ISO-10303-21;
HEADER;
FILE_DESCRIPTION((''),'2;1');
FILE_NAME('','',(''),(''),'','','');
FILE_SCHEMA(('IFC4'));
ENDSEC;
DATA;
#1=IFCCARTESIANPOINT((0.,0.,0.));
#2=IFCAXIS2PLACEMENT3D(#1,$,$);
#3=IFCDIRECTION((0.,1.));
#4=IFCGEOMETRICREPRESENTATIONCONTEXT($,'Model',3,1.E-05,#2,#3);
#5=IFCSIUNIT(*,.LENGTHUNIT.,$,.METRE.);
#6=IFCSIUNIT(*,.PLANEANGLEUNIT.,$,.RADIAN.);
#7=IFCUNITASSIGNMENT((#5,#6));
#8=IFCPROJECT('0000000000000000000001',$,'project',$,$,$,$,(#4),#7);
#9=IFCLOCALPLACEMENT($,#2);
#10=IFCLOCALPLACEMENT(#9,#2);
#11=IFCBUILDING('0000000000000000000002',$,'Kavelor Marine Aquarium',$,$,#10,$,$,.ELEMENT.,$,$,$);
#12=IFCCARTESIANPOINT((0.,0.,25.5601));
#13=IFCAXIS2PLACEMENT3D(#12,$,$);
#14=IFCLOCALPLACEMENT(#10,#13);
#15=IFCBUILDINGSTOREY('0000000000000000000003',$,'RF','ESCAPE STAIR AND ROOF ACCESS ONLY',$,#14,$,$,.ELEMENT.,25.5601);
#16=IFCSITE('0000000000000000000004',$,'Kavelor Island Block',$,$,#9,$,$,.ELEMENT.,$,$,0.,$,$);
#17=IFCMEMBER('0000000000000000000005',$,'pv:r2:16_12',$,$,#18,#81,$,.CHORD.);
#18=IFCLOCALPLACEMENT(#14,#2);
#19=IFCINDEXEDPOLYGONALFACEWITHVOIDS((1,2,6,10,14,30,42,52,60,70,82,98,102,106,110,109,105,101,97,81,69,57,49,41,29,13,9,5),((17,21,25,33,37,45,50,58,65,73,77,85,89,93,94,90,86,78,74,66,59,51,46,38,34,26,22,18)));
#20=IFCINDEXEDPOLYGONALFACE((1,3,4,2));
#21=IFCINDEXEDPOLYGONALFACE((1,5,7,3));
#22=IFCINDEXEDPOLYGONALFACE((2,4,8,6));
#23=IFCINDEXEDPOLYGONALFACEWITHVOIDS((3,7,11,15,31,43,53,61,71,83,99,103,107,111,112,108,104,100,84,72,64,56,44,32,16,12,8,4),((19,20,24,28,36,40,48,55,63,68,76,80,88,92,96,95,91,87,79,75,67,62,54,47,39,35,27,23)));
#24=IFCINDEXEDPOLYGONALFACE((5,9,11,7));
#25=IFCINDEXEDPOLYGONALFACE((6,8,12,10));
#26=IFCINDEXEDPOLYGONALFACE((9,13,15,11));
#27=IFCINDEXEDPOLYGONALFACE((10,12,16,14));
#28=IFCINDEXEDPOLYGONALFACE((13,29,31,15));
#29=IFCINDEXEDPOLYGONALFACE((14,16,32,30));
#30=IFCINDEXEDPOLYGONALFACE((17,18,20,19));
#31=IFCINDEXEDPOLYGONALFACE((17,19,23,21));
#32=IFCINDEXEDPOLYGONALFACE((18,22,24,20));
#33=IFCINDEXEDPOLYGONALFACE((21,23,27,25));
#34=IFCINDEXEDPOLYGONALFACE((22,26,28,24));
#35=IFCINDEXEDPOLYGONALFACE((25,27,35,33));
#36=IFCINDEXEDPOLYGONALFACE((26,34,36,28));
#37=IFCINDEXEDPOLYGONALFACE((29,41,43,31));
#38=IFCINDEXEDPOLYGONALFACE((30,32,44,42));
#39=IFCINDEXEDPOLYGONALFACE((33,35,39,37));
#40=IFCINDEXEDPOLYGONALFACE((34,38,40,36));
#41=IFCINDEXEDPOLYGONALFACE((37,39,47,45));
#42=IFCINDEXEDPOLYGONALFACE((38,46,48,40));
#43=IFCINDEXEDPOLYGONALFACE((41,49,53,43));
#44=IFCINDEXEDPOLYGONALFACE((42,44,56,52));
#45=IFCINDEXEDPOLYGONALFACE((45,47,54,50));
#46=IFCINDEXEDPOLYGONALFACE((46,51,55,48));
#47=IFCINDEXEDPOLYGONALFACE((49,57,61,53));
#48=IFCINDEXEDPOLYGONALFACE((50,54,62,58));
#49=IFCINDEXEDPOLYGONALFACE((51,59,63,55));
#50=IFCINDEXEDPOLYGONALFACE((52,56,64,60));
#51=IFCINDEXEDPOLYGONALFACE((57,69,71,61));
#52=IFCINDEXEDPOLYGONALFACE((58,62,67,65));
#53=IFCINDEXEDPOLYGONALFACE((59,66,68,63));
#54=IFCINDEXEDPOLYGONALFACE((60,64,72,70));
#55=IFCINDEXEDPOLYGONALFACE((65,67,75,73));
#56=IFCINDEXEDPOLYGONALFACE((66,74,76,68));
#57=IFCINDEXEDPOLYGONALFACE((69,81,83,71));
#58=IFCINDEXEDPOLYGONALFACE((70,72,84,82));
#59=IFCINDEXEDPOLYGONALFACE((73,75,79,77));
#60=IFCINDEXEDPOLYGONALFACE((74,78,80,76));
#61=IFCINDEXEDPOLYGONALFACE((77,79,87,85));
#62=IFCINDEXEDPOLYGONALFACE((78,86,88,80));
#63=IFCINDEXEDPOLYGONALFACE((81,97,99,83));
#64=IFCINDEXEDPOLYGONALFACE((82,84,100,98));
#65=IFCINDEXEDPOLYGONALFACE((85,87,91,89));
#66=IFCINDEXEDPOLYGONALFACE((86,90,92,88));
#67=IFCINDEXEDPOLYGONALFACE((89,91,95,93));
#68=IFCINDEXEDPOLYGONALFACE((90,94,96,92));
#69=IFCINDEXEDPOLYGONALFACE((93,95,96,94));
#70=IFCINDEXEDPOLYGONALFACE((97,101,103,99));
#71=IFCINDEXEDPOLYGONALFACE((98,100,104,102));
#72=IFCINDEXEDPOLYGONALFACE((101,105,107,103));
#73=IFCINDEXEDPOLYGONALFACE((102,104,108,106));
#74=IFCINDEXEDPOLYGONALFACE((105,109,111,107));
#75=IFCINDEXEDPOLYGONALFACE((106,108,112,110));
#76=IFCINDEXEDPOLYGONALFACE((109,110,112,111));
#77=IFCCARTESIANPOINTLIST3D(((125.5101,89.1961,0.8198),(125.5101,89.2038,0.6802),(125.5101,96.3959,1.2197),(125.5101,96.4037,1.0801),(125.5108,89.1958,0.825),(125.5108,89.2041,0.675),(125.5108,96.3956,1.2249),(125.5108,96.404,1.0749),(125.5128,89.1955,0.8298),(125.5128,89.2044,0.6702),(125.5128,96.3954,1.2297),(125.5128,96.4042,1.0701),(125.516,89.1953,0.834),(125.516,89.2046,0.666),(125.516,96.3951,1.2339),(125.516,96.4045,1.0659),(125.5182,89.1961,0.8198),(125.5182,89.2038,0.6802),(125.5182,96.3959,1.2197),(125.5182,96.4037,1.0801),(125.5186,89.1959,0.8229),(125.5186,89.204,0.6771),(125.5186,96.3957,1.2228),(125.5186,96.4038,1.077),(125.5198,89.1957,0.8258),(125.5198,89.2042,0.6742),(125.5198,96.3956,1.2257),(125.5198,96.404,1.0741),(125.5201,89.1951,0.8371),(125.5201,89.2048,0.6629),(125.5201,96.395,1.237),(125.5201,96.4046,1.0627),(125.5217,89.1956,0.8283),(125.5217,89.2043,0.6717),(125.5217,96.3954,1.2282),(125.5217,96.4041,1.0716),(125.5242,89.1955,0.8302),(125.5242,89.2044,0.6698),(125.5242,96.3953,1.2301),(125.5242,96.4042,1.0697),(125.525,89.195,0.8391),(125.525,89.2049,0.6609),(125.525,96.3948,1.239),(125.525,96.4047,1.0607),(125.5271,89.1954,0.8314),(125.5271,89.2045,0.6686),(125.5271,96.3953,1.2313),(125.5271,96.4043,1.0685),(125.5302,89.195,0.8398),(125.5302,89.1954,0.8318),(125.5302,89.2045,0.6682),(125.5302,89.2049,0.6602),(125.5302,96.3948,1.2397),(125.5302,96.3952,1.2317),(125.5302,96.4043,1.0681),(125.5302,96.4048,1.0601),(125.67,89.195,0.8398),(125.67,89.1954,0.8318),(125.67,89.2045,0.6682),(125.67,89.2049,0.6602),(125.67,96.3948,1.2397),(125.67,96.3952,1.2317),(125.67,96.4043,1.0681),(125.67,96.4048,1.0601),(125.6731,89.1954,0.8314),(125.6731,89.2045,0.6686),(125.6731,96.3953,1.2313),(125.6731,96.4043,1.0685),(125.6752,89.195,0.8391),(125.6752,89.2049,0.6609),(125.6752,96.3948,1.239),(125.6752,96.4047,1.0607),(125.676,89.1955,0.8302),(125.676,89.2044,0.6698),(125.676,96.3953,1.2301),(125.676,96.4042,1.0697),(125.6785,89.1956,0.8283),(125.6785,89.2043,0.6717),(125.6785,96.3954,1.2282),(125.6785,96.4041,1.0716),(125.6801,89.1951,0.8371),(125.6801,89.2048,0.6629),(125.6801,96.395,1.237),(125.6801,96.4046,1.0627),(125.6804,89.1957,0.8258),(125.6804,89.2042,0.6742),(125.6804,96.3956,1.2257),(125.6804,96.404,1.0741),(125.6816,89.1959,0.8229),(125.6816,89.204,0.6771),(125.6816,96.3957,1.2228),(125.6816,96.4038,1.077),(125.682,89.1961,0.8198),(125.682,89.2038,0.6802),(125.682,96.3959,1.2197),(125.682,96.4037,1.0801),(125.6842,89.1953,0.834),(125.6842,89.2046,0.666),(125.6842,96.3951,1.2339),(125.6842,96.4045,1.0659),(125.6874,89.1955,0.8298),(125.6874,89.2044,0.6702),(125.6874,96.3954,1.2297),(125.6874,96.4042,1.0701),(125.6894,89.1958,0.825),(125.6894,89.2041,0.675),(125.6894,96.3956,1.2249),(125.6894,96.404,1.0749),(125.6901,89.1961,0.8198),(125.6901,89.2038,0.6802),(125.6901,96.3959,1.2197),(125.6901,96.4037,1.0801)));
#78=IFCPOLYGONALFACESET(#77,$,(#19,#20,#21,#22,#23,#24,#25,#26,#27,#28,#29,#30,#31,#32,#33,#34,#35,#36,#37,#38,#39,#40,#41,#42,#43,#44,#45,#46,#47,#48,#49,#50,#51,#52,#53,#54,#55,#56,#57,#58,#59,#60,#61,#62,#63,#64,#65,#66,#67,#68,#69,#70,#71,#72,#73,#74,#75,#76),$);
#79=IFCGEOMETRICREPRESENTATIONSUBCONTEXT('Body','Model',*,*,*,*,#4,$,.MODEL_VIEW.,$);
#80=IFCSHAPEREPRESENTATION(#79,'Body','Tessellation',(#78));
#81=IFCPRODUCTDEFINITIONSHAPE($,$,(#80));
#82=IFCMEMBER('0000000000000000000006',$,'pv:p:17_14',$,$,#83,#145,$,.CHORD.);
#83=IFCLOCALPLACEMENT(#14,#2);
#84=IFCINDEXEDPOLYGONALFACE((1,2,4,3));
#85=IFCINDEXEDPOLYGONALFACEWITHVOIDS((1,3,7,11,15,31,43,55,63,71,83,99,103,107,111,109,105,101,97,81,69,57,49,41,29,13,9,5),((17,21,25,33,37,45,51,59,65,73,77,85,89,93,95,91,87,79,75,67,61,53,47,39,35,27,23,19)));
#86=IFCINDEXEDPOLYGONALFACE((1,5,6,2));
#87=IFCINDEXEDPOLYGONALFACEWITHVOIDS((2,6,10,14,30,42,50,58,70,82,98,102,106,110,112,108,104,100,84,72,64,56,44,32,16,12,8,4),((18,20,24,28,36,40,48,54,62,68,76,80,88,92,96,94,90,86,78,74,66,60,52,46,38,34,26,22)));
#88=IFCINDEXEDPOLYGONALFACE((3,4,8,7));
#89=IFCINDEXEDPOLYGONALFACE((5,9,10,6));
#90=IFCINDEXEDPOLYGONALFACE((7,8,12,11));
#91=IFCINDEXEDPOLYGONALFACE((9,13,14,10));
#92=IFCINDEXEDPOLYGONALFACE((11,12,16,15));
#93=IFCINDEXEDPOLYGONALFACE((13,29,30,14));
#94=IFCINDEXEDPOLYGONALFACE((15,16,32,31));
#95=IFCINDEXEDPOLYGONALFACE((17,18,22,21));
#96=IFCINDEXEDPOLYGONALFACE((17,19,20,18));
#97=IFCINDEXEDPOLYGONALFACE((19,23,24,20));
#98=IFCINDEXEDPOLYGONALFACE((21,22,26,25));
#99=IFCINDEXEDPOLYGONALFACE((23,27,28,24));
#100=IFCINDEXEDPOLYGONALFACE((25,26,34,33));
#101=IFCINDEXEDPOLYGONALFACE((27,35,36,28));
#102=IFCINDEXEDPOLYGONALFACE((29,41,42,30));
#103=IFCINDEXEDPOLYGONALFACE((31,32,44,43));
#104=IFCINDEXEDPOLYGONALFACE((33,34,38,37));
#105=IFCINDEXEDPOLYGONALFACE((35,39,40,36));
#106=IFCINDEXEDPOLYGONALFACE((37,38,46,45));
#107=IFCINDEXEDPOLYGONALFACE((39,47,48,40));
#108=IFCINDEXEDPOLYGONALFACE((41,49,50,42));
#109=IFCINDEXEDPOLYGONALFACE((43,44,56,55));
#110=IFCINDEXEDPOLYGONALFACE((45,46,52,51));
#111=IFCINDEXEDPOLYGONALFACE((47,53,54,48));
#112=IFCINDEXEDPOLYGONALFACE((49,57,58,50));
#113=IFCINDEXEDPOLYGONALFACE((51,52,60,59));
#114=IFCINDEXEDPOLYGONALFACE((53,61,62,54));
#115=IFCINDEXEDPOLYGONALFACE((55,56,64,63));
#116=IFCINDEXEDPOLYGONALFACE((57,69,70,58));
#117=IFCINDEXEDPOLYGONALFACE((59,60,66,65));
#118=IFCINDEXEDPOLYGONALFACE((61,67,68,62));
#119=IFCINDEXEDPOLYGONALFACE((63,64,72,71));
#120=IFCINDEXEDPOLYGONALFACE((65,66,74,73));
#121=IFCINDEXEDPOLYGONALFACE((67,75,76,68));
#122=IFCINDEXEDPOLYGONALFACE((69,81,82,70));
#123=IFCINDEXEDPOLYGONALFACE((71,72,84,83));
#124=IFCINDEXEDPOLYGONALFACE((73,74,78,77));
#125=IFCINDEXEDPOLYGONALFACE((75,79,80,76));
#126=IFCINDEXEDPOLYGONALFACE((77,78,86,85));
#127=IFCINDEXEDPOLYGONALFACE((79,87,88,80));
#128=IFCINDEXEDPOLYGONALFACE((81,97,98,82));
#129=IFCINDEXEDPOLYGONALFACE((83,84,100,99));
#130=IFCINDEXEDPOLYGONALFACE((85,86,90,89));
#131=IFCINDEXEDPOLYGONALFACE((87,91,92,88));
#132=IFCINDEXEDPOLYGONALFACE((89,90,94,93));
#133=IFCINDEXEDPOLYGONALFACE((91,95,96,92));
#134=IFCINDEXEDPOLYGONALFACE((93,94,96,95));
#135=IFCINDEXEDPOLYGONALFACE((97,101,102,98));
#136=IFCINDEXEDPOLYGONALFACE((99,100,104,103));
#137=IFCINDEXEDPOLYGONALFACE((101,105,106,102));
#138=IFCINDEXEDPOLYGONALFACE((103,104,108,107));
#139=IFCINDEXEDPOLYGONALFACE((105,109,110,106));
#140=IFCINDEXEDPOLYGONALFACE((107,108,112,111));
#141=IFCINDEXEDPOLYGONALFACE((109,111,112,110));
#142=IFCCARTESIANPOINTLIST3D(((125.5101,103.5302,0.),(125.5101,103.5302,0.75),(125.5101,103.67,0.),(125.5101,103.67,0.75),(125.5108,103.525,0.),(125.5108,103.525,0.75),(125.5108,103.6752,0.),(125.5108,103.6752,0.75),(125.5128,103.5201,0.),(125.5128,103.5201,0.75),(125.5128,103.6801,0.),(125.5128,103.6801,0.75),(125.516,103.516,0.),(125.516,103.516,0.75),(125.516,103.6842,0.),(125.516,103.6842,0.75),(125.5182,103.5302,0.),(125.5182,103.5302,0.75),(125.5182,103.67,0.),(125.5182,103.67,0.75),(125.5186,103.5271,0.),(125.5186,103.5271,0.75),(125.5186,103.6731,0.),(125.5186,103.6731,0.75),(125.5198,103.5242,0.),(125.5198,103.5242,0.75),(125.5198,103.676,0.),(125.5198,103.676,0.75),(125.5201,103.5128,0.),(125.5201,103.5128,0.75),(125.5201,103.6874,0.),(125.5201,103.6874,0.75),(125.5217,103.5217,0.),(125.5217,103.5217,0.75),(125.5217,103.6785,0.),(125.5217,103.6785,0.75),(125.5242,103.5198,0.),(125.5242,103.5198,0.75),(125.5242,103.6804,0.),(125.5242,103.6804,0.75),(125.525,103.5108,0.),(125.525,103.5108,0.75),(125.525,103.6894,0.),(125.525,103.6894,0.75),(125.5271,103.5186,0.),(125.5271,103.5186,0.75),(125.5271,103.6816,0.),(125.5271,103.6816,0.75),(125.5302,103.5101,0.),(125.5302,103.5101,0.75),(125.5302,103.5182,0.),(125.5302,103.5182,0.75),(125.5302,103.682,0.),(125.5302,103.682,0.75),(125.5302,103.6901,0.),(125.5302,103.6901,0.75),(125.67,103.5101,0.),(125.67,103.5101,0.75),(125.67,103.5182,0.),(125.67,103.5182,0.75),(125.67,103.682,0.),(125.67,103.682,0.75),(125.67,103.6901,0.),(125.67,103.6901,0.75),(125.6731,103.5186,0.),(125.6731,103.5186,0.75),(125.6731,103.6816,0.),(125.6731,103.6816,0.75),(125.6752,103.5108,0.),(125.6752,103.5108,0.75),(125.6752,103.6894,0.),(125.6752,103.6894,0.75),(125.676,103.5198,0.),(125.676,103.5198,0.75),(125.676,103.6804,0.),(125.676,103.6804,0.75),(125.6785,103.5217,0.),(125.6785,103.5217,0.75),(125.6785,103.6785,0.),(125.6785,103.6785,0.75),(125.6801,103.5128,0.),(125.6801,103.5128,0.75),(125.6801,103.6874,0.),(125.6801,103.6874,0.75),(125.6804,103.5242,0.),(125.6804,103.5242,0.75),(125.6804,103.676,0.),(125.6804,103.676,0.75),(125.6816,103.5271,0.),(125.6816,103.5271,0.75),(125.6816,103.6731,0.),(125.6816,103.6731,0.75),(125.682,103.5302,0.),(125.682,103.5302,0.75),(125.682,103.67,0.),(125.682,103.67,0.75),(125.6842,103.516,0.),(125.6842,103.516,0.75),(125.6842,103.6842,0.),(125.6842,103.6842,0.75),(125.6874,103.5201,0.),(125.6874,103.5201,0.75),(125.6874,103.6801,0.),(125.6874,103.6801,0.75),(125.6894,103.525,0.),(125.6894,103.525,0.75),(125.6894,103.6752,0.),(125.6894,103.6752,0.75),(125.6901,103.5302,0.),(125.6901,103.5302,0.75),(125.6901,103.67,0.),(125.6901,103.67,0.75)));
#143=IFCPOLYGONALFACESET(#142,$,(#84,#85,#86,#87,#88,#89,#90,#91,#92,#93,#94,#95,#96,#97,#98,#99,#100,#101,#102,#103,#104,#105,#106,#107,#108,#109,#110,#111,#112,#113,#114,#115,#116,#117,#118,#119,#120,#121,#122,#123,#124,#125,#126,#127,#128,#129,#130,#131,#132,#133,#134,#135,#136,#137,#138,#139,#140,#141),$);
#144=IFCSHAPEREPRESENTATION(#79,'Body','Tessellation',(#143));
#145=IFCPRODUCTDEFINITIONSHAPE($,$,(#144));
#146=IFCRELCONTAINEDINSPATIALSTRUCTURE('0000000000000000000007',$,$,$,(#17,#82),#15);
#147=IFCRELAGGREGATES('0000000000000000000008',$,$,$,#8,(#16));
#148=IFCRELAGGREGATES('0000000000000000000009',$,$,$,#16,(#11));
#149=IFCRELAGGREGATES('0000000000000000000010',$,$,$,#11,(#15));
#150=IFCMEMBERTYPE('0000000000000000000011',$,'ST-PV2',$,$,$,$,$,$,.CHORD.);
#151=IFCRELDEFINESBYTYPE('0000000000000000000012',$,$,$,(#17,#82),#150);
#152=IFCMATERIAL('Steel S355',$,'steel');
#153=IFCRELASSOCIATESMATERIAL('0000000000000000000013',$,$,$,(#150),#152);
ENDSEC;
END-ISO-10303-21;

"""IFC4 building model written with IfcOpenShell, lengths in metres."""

from ifc_helpers import new_model, si_unit, direction, frame, origin, origin_2d, place, context, subcontext, project, spatial, hollow_rectangle, extrude, material, material_profile, profile_set, type_object, element, save


model = new_model("IFC4")

# Units and contexts
model_context = context("Model", 3, precision=1e-05, world=origin(), true_north=direction((0.0, 1.0)))
body_context = subcontext(model_context, "Body", "Model", "MODEL_VIEW")
ifc_project = project(units=[si_unit("LENGTHUNIT", "METRE"), si_unit("PLANEANGLEUNIT", "RADIAN")], contexts=[model_context])

# Site, building, storey
site_placement = place(None, origin())
site = spatial("IfcSite", under=ifc_project, at=site_placement, Name="Kavelor Island Block", CompositionType="ELEMENT", RefElevation=0.0)
building_placement = place(site_placement, origin())
building = spatial("IfcBuilding", under=site, at=building_placement, Name="Kavelor Marine Aquarium", CompositionType="ELEMENT")
storey_placement = place(building_placement, frame((0.0, 0.0, 25.5601)))
storey = spatial("IfcBuildingStorey", under=building, at=storey_placement, Name="RF", Description="ESCAPE STAIR AND ROOF ACCESS ONLY", CompositionType="ELEMENT", Elevation=25.5601)

# Members
ifc_material_1 = material(Name="Steel S355", Category="steel")
ifc_material_profile_1 = material_profile(ifc_material_1, hollow_rectangle(XDim=0.1799, YDim=0.1799, WallThickness=0.0081, InnerFilletRadius=0.012, OuterFilletRadius=0.02, at=origin_2d()), Name="SHS 180x180x8.0")
ifc_profile_set_1 = profile_set([ifc_material_profile_1], Name="Steel S355")
member_type_1 = type_object("IfcMemberType", Name="ST-PV2", PredefinedType="CHORD", material=ifc_profile_set_1)
member_1_placement = place(storey_placement, frame((125.6001, 89.2, 0.75), z_axis=(0.0, 0.998461, 0.055457), x_axis=(-1.0, 0.0, 0.0)))
element("IfcMember", 1, at=member_1_placement, inside=storey, type_object=member_type_1, Name="pv:r2:16_12", PredefinedType="CHORD", context=body_context, shape_type="SweptSolid", body=[
    extrude(hollow_rectangle(XDim=0.1799, YDim=0.1799, WallThickness=0.0081, InnerFilletRadius=0.012, OuterFilletRadius=0.02, at=origin_2d()), origin(), (0.0, 0.0, 1.0), 7.2109),
])
member_2_placement = place(storey_placement, frame((125.6001, 103.6001, 0.0), z_axis=(0.0, 0.0, 1.0), x_axis=(1.0, 0.0, 0.0)))
element("IfcMember", 2, at=member_2_placement, inside=storey, type_object=member_type_1, Name="pv:p:17_14", PredefinedType="CHORD", context=body_context, shape_type="SweptSolid", body=[
    extrude(hollow_rectangle(XDim=0.1799, YDim=0.1799, WallThickness=0.0081, InnerFilletRadius=0.012, OuterFilletRadius=0.02, at=origin_2d()), origin(), (0.0, 0.0, 1.0), 0.75),
])

save(model, "model.ifc")
